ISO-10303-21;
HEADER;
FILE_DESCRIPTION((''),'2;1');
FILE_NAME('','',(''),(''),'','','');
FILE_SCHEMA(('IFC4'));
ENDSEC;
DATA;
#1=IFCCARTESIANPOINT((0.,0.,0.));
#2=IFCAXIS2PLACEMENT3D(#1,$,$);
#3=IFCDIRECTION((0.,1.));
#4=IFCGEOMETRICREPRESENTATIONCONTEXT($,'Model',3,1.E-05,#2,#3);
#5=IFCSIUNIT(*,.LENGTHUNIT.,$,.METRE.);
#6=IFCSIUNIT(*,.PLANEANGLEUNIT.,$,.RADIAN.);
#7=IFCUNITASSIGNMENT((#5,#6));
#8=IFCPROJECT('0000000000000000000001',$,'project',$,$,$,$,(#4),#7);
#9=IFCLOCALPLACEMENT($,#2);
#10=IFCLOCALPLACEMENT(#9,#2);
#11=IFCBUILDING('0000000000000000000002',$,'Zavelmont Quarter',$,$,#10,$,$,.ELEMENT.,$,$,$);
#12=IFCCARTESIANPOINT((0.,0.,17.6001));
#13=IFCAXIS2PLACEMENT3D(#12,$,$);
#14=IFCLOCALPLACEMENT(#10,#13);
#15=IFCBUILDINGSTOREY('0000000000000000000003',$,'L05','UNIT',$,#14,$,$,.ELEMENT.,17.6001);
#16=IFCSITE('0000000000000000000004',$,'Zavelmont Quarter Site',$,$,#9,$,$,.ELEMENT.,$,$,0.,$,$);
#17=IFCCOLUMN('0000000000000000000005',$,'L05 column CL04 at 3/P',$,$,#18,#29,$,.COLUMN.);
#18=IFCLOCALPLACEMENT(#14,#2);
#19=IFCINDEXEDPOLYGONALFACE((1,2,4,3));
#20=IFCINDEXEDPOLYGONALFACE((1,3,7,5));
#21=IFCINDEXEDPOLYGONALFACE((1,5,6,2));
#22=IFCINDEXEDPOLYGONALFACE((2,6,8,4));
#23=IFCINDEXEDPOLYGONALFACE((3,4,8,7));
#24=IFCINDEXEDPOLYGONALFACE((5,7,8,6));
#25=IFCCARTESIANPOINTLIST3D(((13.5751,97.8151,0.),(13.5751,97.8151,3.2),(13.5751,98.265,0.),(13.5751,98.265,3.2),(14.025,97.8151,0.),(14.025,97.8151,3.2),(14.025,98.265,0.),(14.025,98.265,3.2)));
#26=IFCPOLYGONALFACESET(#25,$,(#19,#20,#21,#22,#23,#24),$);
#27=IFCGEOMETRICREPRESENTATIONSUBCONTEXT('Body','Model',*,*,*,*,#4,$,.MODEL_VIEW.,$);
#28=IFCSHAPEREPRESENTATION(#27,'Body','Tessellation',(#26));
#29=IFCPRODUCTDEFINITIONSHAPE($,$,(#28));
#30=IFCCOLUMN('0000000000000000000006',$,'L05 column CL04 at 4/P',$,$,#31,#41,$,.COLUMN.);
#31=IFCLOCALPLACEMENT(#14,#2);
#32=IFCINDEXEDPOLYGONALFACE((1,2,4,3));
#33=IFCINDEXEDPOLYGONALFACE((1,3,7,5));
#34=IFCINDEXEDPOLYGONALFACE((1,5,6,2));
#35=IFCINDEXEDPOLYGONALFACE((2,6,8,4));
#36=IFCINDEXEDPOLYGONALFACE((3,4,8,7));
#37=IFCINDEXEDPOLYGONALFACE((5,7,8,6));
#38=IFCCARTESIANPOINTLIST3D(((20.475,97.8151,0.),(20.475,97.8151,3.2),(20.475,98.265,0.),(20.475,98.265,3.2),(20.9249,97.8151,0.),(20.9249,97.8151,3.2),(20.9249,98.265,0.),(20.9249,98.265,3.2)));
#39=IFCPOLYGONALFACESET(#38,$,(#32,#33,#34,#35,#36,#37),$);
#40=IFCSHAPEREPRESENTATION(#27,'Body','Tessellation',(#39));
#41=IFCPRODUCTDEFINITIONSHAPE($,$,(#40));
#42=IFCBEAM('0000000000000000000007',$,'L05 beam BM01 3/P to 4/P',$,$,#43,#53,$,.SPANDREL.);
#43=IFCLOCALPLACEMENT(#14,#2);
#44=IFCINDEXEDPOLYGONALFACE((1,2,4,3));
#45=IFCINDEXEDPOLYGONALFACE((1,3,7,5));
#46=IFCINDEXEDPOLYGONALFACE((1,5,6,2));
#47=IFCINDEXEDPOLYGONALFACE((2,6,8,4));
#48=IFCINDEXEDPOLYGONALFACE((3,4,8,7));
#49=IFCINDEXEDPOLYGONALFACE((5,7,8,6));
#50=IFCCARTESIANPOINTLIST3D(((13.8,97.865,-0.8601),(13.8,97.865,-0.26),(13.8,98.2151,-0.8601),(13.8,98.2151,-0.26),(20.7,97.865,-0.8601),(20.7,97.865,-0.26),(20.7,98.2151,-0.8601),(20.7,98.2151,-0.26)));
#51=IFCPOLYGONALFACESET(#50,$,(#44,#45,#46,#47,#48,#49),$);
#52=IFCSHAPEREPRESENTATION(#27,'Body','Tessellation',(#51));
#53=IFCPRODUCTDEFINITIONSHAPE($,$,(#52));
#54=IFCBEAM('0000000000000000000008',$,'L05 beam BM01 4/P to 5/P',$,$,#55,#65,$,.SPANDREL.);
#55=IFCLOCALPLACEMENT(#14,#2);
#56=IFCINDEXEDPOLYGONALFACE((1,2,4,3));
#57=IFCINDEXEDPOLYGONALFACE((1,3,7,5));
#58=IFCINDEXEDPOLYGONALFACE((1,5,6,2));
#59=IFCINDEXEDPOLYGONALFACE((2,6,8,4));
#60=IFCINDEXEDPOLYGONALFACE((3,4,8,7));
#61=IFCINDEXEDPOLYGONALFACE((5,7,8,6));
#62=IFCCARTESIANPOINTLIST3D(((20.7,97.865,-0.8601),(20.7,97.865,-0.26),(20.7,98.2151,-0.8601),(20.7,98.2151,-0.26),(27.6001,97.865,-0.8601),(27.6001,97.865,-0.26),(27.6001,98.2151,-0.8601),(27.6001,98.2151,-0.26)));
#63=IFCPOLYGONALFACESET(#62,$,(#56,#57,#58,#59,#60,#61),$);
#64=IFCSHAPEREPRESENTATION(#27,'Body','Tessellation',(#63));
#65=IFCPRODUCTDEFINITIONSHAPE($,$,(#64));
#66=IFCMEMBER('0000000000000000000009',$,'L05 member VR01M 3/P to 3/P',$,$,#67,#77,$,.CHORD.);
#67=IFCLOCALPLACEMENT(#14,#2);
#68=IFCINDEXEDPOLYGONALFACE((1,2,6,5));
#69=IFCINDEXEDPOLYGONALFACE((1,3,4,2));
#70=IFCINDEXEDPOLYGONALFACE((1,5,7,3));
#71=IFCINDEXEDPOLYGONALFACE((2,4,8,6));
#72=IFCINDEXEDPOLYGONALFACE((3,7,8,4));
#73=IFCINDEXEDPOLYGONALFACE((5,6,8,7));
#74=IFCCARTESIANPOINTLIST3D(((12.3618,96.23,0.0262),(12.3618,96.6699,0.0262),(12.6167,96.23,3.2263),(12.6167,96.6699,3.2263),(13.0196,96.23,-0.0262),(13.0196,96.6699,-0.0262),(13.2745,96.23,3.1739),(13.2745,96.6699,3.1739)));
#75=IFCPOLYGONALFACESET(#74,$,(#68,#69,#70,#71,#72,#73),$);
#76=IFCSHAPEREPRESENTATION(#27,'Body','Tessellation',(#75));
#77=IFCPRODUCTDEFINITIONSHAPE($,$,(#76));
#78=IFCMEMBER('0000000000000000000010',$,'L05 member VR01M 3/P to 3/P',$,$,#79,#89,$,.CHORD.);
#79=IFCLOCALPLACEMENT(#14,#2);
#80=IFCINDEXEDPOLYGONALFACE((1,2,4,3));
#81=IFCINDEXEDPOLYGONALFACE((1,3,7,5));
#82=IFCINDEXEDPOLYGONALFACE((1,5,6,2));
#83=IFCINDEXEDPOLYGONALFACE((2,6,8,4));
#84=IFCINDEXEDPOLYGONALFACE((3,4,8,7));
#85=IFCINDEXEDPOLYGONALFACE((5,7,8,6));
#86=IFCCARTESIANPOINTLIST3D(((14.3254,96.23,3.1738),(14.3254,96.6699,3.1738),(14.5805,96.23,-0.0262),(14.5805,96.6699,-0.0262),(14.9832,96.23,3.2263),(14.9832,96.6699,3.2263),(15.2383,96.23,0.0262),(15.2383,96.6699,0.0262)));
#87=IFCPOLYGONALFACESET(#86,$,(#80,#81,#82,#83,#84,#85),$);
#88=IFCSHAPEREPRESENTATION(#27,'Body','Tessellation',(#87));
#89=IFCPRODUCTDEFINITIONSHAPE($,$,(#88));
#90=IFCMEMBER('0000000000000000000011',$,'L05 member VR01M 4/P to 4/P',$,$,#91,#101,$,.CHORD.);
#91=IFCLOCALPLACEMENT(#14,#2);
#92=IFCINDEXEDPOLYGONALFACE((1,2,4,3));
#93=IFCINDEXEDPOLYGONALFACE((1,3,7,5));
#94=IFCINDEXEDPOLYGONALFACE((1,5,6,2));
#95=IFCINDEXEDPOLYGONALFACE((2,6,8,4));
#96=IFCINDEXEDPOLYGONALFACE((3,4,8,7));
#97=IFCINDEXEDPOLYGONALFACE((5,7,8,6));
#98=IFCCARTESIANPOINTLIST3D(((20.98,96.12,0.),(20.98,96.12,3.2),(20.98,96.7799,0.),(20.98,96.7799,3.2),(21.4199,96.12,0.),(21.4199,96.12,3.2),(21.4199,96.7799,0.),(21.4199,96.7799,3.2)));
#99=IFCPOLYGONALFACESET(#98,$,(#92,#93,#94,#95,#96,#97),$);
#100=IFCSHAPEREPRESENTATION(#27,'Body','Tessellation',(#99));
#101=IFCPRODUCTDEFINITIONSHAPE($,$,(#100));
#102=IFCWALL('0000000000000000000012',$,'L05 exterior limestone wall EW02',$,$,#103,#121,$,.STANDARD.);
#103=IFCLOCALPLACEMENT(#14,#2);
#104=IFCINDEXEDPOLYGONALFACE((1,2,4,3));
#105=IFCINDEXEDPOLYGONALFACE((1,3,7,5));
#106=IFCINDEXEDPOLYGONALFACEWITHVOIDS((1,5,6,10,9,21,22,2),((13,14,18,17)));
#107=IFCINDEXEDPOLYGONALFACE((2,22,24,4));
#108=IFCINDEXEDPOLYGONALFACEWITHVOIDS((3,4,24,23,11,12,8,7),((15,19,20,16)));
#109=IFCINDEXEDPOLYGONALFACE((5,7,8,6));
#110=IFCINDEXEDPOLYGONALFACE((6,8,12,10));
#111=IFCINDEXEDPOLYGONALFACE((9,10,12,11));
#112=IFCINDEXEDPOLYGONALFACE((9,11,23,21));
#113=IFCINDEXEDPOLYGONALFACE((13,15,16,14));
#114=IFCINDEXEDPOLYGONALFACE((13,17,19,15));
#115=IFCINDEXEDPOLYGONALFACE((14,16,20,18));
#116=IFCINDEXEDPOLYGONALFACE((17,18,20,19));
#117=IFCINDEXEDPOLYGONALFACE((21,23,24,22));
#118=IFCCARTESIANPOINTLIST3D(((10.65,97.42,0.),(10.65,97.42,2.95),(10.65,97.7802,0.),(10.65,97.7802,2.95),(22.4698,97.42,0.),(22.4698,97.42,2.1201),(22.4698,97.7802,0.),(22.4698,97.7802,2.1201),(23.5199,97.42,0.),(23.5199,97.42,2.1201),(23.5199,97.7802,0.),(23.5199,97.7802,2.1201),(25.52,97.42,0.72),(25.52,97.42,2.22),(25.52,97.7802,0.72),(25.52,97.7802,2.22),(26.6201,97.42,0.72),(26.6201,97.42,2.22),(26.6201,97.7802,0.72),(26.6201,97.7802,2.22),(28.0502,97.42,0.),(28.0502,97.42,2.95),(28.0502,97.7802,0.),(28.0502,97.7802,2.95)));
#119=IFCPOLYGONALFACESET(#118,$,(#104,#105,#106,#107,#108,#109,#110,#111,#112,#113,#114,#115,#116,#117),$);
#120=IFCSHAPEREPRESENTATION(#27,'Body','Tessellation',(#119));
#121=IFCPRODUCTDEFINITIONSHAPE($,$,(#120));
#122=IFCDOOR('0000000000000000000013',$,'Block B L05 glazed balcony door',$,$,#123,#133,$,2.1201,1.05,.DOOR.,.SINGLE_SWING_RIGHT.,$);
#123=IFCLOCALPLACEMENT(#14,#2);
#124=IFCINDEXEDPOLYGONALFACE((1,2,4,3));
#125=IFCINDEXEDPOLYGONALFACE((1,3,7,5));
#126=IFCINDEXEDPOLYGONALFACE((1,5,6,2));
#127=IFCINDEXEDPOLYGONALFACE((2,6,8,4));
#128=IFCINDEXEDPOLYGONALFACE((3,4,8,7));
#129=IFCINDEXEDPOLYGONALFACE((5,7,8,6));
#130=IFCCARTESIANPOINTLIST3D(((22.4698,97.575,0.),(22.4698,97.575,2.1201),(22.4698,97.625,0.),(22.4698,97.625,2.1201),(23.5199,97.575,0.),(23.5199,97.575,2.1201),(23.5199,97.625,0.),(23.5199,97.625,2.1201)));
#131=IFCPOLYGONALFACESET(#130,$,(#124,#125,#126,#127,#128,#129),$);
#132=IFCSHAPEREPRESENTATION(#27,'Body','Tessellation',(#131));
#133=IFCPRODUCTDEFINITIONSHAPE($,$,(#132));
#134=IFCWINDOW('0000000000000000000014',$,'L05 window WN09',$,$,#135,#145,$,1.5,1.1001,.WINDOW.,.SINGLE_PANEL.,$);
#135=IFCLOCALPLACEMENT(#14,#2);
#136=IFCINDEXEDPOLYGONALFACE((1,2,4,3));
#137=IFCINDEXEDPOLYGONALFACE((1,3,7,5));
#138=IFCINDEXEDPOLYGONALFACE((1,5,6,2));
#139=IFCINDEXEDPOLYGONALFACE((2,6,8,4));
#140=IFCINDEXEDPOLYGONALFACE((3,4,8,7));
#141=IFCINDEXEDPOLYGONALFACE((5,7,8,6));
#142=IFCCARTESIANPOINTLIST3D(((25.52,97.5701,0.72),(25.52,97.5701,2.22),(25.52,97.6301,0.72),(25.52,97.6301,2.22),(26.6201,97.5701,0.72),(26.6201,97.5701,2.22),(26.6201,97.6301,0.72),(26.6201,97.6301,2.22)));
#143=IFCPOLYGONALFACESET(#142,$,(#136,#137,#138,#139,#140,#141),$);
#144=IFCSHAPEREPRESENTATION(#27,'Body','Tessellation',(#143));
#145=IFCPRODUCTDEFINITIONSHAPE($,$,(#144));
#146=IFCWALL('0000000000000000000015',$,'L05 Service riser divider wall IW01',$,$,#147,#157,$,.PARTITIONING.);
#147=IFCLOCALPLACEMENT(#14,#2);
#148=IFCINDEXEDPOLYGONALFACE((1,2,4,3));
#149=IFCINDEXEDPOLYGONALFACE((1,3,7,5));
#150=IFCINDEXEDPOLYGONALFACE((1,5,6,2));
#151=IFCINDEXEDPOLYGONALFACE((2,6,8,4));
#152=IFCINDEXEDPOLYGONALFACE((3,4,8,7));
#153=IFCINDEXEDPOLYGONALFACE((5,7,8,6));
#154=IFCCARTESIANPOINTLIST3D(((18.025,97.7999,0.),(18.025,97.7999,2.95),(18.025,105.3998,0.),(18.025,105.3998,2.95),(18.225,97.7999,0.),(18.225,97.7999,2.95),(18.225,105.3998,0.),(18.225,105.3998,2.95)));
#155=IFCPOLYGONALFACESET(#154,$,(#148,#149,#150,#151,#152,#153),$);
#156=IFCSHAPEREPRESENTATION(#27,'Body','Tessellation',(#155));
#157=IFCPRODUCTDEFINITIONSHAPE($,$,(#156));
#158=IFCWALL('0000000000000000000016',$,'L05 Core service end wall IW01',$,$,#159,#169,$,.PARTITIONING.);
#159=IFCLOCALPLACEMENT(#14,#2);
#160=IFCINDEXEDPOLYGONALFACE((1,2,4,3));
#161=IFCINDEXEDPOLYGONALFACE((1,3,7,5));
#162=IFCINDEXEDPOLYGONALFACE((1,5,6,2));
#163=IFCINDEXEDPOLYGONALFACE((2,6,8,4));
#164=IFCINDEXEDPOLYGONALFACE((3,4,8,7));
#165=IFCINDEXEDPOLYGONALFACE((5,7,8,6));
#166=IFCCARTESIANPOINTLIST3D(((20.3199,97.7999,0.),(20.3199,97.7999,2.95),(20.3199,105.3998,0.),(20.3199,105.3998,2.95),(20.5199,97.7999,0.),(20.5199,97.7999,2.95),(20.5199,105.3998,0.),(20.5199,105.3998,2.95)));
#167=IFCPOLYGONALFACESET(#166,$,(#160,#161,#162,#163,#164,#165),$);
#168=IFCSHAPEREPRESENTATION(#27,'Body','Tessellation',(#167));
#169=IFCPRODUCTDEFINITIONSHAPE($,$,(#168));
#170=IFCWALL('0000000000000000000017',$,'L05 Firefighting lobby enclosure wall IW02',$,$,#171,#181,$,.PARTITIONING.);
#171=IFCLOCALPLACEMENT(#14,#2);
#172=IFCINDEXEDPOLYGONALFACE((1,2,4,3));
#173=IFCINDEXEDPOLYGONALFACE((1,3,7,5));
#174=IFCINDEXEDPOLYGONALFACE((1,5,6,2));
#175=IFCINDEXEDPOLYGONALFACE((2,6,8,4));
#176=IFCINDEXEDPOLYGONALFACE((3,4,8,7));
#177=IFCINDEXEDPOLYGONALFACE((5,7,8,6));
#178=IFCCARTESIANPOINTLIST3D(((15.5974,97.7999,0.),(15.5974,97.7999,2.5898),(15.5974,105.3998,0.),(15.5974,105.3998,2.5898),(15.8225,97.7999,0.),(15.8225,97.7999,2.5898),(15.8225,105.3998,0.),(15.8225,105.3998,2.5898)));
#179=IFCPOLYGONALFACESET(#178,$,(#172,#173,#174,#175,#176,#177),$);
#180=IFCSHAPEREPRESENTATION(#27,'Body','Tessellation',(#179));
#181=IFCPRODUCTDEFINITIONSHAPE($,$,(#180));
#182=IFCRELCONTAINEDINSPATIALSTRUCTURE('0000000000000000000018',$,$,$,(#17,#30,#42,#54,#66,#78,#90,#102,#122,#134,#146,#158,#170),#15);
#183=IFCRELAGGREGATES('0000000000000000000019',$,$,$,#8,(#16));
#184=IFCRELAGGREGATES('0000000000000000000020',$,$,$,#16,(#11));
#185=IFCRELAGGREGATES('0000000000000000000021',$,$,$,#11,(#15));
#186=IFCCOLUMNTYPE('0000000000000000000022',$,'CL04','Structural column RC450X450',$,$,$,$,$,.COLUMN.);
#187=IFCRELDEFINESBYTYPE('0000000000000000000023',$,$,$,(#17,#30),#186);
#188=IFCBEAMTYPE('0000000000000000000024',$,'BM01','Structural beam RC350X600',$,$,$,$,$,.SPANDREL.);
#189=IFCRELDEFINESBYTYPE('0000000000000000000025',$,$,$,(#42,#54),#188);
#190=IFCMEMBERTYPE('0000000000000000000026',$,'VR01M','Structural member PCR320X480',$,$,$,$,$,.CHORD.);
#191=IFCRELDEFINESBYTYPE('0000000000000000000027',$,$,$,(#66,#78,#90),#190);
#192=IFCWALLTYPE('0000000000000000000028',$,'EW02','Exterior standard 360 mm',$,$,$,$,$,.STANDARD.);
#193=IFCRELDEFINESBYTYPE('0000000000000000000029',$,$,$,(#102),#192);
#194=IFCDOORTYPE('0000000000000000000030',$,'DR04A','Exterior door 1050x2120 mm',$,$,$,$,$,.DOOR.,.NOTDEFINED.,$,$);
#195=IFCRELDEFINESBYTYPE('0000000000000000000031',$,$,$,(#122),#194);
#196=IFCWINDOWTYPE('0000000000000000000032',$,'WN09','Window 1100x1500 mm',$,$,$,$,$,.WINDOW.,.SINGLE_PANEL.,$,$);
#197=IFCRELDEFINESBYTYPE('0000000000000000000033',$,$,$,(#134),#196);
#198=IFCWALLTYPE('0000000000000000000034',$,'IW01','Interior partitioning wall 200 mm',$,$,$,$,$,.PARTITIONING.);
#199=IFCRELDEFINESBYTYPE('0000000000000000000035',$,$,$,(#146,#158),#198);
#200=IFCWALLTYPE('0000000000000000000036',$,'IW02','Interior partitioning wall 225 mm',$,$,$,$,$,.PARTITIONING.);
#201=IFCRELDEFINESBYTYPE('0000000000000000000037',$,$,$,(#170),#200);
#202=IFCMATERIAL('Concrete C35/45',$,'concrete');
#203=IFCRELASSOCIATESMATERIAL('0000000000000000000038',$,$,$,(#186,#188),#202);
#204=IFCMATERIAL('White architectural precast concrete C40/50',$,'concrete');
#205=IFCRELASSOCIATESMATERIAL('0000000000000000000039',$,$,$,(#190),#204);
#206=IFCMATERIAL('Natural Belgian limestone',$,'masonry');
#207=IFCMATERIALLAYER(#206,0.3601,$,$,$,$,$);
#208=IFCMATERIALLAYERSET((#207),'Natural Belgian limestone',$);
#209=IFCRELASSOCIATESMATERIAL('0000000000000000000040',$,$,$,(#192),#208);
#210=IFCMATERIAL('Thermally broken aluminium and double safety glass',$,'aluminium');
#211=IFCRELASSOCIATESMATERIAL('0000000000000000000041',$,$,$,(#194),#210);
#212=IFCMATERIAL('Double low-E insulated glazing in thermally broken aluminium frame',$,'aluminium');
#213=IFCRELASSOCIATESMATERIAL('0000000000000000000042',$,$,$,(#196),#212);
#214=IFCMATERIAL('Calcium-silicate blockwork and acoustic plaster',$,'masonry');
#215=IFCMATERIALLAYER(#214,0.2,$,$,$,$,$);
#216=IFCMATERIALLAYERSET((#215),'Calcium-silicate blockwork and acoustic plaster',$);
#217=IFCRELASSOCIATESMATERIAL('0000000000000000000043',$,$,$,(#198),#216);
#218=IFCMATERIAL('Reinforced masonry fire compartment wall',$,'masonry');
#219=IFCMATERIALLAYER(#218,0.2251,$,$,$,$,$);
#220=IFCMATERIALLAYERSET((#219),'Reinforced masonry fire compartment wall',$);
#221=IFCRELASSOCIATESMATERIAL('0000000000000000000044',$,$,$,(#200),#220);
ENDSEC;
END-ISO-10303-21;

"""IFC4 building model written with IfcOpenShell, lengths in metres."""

from ifc_helpers import new_model, si_unit, direction, frame, frame_2d, origin, origin_with_axes, origin_2d, place, context, subcontext, project, spatial, rectangle, extrude, material, layer, layer_set, material_profile, profile_set, type_object, element, fill, save


model = new_model("IFC4")

# Units and contexts
model_context = context("Model", 3, precision=1e-05, world=origin(), true_north=direction((0.0, 1.0)))
body_context = subcontext(model_context, "Body", "Model", "MODEL_VIEW")
ifc_project = project(units=[si_unit("LENGTHUNIT", "METRE"), si_unit("PLANEANGLEUNIT", "RADIAN")], contexts=[model_context])

# Site, building, storey
site_placement = place(None, origin())
site = spatial("IfcSite", under=ifc_project, at=site_placement, Name="Zavelmont Quarter Site", CompositionType="ELEMENT", RefElevation=0.0)
building_placement = place(site_placement, origin())
building = spatial("IfcBuilding", under=site, at=building_placement, Name="Zavelmont Quarter", CompositionType="ELEMENT")
storey_placement = place(building_placement, frame((0.0, 0.0, 17.6001)))
storey = spatial("IfcBuildingStorey", under=building, at=storey_placement, Name="L05", Description="UNIT", CompositionType="ELEMENT", Elevation=17.6001)

# Columns
ifc_material_1 = material(Name="Concrete C35/45", Category="concrete")
ifc_material_profile_1 = material_profile(ifc_material_1, rectangle(XDim=0.45, YDim=0.45, at=origin_2d()), Name="RC450X450")
ifc_profile_set_1 = profile_set([ifc_material_profile_1], Name="Concrete C35/45")
column_type = type_object("IfcColumnType", Name="CL04", Description="Structural column RC450X450", PredefinedType="COLUMN", material=ifc_profile_set_1)
for number, where, z_axis, x_axis, name in (
    (1, (13.8, 98.04, 0.0), (0.0, 0.0, 1.0), (1.0, 0.0, 0.0), "L05 column CL04 at 3/P"),
    (2, (20.7, 98.04, 0.0), (0.0, 0.0, 1.0), (1.0, 0.0, 0.0), "L05 column CL04 at 4/P"),
):
    element("IfcColumn", number, at=place(storey_placement, frame(where, z_axis=z_axis, x_axis=x_axis)), inside=storey, type_object=column_type, Name=name, PredefinedType="COLUMN", context=body_context, shape_type="SweptSolid", body=[
        extrude(rectangle(XDim=0.45, YDim=0.45, at=origin_2d()), origin(), (0.0, 0.0, 1.0), 3.2),
    ])

# Beams
ifc_material_profile_2 = material_profile(ifc_material_1, rectangle(XDim=0.3501, YDim=0.6001, at=origin_2d()), Name="RC350X600")
ifc_profile_set_2 = profile_set([ifc_material_profile_2], Name="Concrete C35/45")
beam_type = type_object("IfcBeamType", Name="BM01", Description="Structural beam RC350X600", PredefinedType="SPANDREL", material=ifc_profile_set_2)
beam_1_placement = place(storey_placement, frame((13.8, 98.04, -0.5601), z_axis=(1.0, 0.0, 0.0), x_axis=(0.0, 1.0, 0.0)))
element("IfcBeam", 3, at=beam_1_placement, inside=storey, type_object=beam_type, Name="L05 beam BM01 3/P to 4/P", PredefinedType="SPANDREL", context=body_context, shape_type="SweptSolid", body=[
    extrude(rectangle(XDim=0.3501, YDim=0.6001, at=origin_2d()), origin(), (0.0, 0.0, 1.0), 6.8999),
])
beam_2_placement = place(storey_placement, frame((20.7, 98.04, -0.5601), z_axis=(1.0, 0.0, 0.0), x_axis=(0.0, 1.0, 0.0)))
element("IfcBeam", 4, at=beam_2_placement, inside=storey, type_object=beam_type, Name="L05 beam BM01 4/P to 5/P", PredefinedType="SPANDREL", context=body_context, shape_type="SweptSolid", body=[
    extrude(rectangle(XDim=0.3501, YDim=0.6001, at=origin_2d()), origin(), (0.0, 0.0, 1.0), 6.9001),
])

# Members
ifc_material_2 = material(Name="White architectural precast concrete C40/50", Category="concrete")
ifc_material_profile_3 = material_profile(ifc_material_2, rectangle(XDim=0.4399, YDim=0.6599, at=origin_2d()), Name="PCR320X480")
ifc_profile_set_3 = profile_set([ifc_material_profile_3], Name="White architectural precast concrete C40/50")
member_type = type_object("IfcMemberType", Name="VR01M", Description="Structural member PCR320X480", PredefinedType="CHORD", material=ifc_profile_set_3)
for number, where, z_axis, x_axis, name in (
    (5, (12.6907, 96.45, 0.0), (0.079401, 0.0, 0.996843), (0.0, 1.0, 0.0), "L05 member VR01M 3/P to 3/P"),
    (6, (14.9094, 96.45, 0.0), (-0.079476, 0.0, 0.996837), (0.0, -1.0, 0.0), "L05 member VR01M 3/P to 3/P"),
):
    element("IfcMember", number, at=place(storey_placement, frame(where, z_axis=z_axis, x_axis=x_axis)), inside=storey, type_object=member_type, Name=name, PredefinedType="CHORD", context=body_context, shape_type="SweptSolid", body=[
        extrude(rectangle(XDim=0.4399, YDim=0.6599, at=origin_2d()), origin(), (0.0, 0.0, 1.0), 3.2102),
    ])
member_placement = place(storey_placement, frame((21.2, 96.45, 0.0), z_axis=(0.0, 0.0, 1.0), x_axis=(1.0, 0.0, 0.0)))
element("IfcMember", 7, at=member_placement, inside=storey, type_object=member_type, Name="L05 member VR01M 4/P to 4/P", PredefinedType="CHORD", context=body_context, shape_type="SweptSolid", body=[
    extrude(rectangle(XDim=0.4399, YDim=0.6599, at=origin_2d()), origin(), (0.0, 0.0, 1.0), 3.2),
])

# Wall, openings, door, window
ifc_material_3 = material(Name="Natural Belgian limestone", Category="masonry")
ifc_layer_1 = layer(ifc_material_3, 0.3601)
ifc_layer_set_1 = layer_set([ifc_layer_1], Name="Natural Belgian limestone")
wall_type_1 = type_object("IfcWallType", Name="EW02", Description="Exterior standard 360 mm", PredefinedType="STANDARD", material=ifc_layer_set_1)
wall_1_placement = place(storey_placement, frame((10.6499, 97.6001, 0.0), z_axis=(0.0, 0.0, 1.0), x_axis=(1.0, 0.0, 0.0)))
wall_1 = element("IfcWall", 8, at=wall_1_placement, inside=storey, type_object=wall_type_1, Name="L05 exterior limestone wall EW02", PredefinedType="STANDARD", context=body_context, shape_type="SweptSolid", body=[
    extrude(rectangle(XDim=17.4001, YDim=0.3601, at=frame_2d((8.7002, 0.0))), origin(), (0.0, 0.0, 1.0), 2.95),
])
opening_1_placement = place(wall_1_placement, frame((11.8201, 0.0, 0.0)))
opening_1 = element("IfcOpeningElement", 9, at=opening_1_placement, cuts=wall_1, PredefinedType="OPENING", context=body_context, shape_type="SweptSolid", body=[
    extrude(rectangle(XDim=1.05, YDim=2.1201, at=frame_2d((0.5249, 1.0601))), frame((0.0, 0.1919, 0.0), z_axis=(0.0, -1.0, 0.0), x_axis=(1.0, 0.0, 0.0)), (0.0, 0.0, 1.0), 0.384),
])
opening_2_placement = place(wall_1_placement, frame((14.8701, 0.0, 0.72)))
opening_2 = element("IfcOpeningElement", 10, at=opening_2_placement, cuts=wall_1, PredefinedType="OPENING", context=body_context, shape_type="SweptSolid", body=[
    extrude(rectangle(XDim=1.1001, YDim=1.5, at=frame_2d((0.55, 0.75))), frame((0.0, 0.1919, 0.0), z_axis=(0.0, -1.0, 0.0), x_axis=(1.0, 0.0, 0.0)), (0.0, 0.0, 1.0), 0.384),
])
ifc_material_4 = material(Name="Thermally broken aluminium and double safety glass", Category="aluminium")
door_type_1 = type_object("IfcDoorType", Name="DR04A", Description="Exterior door 1050x2120 mm", OperationType="NOTDEFINED", PredefinedType="DOOR", material=ifc_material_4)
door_1_placement = place(opening_1_placement, origin_with_axes())
door_1 = element("IfcDoor", 11, at=door_1_placement, inside=storey, type_object=door_type_1, Name="Block B L05 glazed balcony door", OperationType="SINGLE_SWING_RIGHT", OverallHeight=2.1201, OverallWidth=1.05, PredefinedType="DOOR", context=body_context, shape_type="SweptSolid", body=[
    extrude(rectangle(XDim=1.05, YDim=2.1201, at=frame_2d((0.5249, 1.0601))), frame((0.0, 0.0249, 0.0), z_axis=(0.0, -1.0, 0.0), x_axis=(1.0, 0.0, 0.0)), (0.0, 0.0, 1.0), 0.05),
])
fill(opening_1, door_1)
ifc_material_5 = material(Name="Double low-E insulated glazing in thermally broken aluminium frame", Category="aluminium")
window_type = type_object("IfcWindowType", Name="WN09", Description="Window 1100x1500 mm", PartitioningType="SINGLE_PANEL", PredefinedType="WINDOW", material=ifc_material_5)
window_placement = place(opening_2_placement, origin_with_axes())
window = element("IfcWindow", 12, at=window_placement, inside=storey, type_object=window_type, Name="L05 window WN09", OverallHeight=1.5, OverallWidth=1.1001, PartitioningType="SINGLE_PANEL", PredefinedType="WINDOW", context=body_context, shape_type="SweptSolid", body=[
    extrude(rectangle(XDim=1.1001, YDim=1.5, at=frame_2d((0.55, 0.75))), frame((0.0, 0.03, 0.0), z_axis=(0.0, -1.0, 0.0), x_axis=(1.0, 0.0, 0.0)), (0.0, 0.0, 1.0), 0.0601),
])
fill(opening_2, window)

# Walls
ifc_material_6 = material(Name="Calcium-silicate blockwork and acoustic plaster", Category="masonry")
ifc_layer_2 = layer(ifc_material_6, 0.2)
ifc_layer_set_2 = layer_set([ifc_layer_2], Name="Calcium-silicate blockwork and acoustic plaster")
wall_type_2 = type_object("IfcWallType", Name="IW01", Description="Interior partitioning wall 200 mm", PredefinedType="PARTITIONING", material=ifc_layer_set_2)
for number, where, z_axis, x_axis, name in (
    (13, (18.125, 97.8, 0.0), (0.0, 0.0, 1.0), (0.0, 1.0, 0.0), "L05 Service riser divider wall IW01"),
    (14, (20.4199, 97.8, 0.0), (0.0, 0.0, 1.0), (0.0, 1.0, 0.0), "L05 Core service end wall IW01"),
):
    element("IfcWall", number, at=place(storey_placement, frame(where, z_axis=z_axis, x_axis=x_axis)), inside=storey, type_object=wall_type_2, Name=name, PredefinedType="PARTITIONING", context=body_context, shape_type="SweptSolid", body=[
        extrude(rectangle(XDim=7.5999, YDim=0.2, at=frame_2d((3.7998, 0.0))), origin(), (0.0, 0.0, 1.0), 2.95),
    ])
ifc_material_7 = material(Name="Reinforced masonry fire compartment wall", Category="masonry")
ifc_layer_3 = layer(ifc_material_7, 0.2251)
ifc_layer_set_3 = layer_set([ifc_layer_3], Name="Reinforced masonry fire compartment wall")
wall_type_3 = type_object("IfcWallType", Name="IW02", Description="Interior partitioning wall 225 mm", PredefinedType="PARTITIONING", material=ifc_layer_set_3)
wall_2_placement = place(storey_placement, frame((15.71, 97.8, 0.0), z_axis=(0.0, 0.0, 1.0), x_axis=(0.0, 1.0, 0.0)))
element("IfcWall", 15, at=wall_2_placement, inside=storey, type_object=wall_type_3, Name="L05 Firefighting lobby enclosure wall IW02", PredefinedType="PARTITIONING", context=body_context, shape_type="SweptSolid", body=[
    extrude(rectangle(XDim=7.5999, YDim=0.2251, at=frame_2d((3.7998, 0.0))), origin(), (0.0, 0.0, 1.0), 2.5898),
])

save(model, "model.ifc")
